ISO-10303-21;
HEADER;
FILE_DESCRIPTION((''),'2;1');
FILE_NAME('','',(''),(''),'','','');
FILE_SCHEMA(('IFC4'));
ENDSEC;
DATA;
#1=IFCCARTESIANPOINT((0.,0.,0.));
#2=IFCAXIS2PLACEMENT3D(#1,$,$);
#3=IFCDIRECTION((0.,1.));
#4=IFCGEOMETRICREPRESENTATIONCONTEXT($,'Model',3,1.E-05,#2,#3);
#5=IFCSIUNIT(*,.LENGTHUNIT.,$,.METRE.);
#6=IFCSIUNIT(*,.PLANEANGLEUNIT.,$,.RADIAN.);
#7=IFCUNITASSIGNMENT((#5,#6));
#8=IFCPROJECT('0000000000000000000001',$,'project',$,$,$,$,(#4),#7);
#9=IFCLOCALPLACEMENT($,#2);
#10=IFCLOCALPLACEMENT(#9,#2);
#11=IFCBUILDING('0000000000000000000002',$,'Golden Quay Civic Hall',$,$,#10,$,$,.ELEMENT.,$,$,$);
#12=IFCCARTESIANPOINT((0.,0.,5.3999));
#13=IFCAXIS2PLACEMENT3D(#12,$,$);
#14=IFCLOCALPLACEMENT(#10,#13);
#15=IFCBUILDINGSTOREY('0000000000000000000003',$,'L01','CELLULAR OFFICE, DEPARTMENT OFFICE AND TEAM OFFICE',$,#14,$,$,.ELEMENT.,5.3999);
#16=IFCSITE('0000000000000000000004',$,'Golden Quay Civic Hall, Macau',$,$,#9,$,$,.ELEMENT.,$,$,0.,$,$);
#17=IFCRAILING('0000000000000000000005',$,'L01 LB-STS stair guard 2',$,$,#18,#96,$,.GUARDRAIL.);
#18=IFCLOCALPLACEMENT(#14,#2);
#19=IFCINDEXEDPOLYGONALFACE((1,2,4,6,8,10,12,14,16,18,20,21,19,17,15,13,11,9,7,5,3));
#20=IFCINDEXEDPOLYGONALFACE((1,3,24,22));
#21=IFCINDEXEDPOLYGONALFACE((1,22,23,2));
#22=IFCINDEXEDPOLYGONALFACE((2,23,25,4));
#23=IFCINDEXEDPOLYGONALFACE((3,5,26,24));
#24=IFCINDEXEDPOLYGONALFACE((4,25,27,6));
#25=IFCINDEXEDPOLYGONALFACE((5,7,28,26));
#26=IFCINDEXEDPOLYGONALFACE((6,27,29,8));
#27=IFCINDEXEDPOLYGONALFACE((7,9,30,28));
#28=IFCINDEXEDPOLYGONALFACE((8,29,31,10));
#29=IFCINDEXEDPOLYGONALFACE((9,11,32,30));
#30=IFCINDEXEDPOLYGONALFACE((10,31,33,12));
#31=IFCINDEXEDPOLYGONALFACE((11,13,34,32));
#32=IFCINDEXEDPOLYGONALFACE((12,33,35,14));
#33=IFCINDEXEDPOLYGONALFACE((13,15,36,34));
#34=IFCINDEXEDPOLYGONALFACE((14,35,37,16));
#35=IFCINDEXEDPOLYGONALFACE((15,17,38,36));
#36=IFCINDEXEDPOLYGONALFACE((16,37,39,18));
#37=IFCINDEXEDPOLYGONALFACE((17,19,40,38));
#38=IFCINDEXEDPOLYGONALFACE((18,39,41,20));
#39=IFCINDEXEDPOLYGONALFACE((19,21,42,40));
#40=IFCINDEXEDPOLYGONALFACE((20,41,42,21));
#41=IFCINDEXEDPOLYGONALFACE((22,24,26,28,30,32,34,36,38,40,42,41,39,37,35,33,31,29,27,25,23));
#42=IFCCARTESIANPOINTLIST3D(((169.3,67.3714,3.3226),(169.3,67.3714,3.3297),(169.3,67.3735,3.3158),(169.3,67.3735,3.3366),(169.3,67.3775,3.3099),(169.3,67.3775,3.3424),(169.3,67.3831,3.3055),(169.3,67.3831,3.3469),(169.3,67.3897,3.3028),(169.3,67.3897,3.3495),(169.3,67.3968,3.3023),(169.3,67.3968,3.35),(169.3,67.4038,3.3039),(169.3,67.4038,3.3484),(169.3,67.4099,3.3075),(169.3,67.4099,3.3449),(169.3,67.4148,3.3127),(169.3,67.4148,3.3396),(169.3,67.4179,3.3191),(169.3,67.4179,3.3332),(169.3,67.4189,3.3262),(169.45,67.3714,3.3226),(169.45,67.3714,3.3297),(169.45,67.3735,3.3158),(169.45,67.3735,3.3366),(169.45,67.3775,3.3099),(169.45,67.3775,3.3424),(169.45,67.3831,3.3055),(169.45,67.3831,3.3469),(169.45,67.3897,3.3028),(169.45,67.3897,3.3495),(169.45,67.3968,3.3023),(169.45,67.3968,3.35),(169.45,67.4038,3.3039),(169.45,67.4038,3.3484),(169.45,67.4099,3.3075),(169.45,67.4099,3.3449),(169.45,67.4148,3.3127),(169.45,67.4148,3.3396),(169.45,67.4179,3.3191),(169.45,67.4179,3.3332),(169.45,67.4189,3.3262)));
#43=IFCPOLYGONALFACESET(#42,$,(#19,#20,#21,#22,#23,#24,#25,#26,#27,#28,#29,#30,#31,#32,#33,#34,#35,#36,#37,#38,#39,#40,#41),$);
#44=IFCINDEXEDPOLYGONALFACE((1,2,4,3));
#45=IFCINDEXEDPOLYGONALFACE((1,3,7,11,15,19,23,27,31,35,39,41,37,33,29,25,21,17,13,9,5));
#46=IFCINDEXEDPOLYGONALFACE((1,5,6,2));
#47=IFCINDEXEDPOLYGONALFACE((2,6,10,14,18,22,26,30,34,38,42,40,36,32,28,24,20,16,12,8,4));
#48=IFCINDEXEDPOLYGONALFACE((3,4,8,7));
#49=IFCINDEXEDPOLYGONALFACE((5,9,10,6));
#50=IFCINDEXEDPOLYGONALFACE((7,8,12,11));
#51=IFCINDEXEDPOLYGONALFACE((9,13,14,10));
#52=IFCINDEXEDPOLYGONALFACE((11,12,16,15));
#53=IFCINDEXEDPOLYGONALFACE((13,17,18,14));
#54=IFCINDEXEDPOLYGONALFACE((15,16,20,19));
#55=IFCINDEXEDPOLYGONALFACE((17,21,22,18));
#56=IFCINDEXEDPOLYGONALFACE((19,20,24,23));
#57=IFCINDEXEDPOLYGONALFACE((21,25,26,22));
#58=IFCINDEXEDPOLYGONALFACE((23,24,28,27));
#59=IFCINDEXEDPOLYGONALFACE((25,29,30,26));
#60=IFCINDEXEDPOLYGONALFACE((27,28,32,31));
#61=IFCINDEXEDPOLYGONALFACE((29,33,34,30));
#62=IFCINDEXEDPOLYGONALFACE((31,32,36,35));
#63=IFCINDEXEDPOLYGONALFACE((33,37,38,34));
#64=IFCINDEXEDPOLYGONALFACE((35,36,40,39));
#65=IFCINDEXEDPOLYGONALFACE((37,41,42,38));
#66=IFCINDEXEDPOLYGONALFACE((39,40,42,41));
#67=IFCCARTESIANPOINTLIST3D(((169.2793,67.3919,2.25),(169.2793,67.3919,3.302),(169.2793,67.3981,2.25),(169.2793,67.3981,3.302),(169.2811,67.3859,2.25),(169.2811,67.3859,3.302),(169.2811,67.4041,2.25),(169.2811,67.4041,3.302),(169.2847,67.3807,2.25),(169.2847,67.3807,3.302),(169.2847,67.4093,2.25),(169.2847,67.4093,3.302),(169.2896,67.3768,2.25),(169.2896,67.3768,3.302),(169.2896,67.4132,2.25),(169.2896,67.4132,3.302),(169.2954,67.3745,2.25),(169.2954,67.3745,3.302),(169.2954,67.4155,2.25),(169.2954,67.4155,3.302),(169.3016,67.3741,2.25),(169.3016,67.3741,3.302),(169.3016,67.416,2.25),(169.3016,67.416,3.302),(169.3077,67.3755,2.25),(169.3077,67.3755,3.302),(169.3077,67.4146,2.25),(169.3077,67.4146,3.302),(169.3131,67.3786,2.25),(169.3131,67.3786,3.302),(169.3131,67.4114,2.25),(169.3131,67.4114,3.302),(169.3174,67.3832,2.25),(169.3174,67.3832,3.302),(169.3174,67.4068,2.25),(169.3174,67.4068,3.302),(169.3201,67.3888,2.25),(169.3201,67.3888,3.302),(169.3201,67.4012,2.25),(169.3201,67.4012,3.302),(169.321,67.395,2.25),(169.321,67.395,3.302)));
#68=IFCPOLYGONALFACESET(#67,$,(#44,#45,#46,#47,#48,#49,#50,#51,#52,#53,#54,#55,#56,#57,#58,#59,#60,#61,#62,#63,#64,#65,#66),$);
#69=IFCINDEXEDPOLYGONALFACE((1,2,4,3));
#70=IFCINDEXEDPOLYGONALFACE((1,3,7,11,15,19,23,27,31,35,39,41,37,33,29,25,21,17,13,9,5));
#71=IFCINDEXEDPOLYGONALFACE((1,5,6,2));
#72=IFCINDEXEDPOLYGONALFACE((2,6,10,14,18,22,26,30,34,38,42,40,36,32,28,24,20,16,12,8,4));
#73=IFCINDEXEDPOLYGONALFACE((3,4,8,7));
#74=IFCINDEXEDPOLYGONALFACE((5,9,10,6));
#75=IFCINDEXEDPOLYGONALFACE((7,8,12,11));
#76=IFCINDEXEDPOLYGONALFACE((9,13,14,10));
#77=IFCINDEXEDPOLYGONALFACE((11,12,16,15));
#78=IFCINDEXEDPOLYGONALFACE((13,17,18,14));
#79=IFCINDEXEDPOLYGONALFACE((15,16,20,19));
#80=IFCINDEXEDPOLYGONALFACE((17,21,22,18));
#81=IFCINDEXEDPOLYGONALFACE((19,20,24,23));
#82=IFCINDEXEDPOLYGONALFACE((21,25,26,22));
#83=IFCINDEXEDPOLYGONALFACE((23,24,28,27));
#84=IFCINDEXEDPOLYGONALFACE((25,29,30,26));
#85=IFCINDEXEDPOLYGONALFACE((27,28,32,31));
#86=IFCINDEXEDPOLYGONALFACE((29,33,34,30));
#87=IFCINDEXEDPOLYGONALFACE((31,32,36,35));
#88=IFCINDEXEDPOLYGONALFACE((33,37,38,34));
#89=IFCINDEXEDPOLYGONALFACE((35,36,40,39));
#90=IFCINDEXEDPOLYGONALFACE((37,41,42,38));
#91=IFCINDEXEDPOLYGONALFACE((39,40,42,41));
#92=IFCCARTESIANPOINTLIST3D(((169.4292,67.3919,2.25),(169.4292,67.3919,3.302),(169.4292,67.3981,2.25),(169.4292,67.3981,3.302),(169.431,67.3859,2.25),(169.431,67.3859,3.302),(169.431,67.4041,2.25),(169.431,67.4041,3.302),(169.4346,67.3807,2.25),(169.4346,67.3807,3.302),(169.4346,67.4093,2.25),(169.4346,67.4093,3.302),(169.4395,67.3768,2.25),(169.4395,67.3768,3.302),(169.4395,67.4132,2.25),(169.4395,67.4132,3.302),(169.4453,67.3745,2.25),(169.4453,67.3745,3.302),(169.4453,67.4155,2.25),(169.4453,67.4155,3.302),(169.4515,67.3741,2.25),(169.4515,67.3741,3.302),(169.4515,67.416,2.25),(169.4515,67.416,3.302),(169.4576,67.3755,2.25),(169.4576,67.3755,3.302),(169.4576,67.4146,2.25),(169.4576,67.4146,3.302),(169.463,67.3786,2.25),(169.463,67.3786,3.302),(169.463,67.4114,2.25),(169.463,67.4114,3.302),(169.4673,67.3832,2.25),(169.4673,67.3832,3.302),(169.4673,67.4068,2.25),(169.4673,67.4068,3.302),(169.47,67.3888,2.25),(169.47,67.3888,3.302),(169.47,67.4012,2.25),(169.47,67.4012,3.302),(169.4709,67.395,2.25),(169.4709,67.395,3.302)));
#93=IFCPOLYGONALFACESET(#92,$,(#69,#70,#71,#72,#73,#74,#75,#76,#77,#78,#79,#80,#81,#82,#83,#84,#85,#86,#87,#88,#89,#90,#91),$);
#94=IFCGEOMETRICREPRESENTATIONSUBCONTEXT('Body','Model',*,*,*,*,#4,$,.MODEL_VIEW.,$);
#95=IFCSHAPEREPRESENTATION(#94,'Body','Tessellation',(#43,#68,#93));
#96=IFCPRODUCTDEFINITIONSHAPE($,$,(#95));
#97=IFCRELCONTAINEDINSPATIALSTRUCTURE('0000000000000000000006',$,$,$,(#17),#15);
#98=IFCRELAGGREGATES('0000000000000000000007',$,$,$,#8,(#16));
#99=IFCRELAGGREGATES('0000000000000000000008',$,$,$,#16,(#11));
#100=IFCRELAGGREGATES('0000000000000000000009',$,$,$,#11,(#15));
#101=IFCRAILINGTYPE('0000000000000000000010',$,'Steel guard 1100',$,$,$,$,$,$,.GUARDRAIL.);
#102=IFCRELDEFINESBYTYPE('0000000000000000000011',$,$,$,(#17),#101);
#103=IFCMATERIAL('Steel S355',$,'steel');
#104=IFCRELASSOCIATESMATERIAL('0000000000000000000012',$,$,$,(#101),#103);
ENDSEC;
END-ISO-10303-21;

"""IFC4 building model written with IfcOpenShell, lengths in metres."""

from ifc_helpers import new_model, si_unit, direction, frame, origin, origin_2d, place, context, subcontext, project, spatial, circle, extrude, material, type_object, element, save


model = new_model("IFC4")

# Units and contexts
model_context = context("Model", 3, precision=1e-05, world=origin(), true_north=direction((0.0, 1.0)))
body_context = subcontext(model_context, "Body", "Model", "MODEL_VIEW")
ifc_project = project(units=[si_unit("LENGTHUNIT", "METRE"), si_unit("PLANEANGLEUNIT", "RADIAN")], contexts=[model_context])

# Site, building, storey
site_placement = place(None, origin())
site = spatial("IfcSite", under=ifc_project, at=site_placement, Name="Golden Quay Civic Hall, Macau", CompositionType="ELEMENT", RefElevation=0.0)
building_placement = place(site_placement, origin())
building = spatial("IfcBuilding", under=site, at=building_placement, Name="Golden Quay Civic Hall", CompositionType="ELEMENT")
storey_placement = place(building_placement, frame((0.0, 0.0, 5.3999)))
storey = spatial("IfcBuildingStorey", under=building, at=storey_placement, Name="L01", Description="CELLULAR OFFICE, DEPARTMENT OFFICE AND TEAM OFFICE", CompositionType="ELEMENT", Elevation=5.3999)

# Railing
ifc_material_1 = material(Name="Steel S355", Category="steel")
railing_type_1 = type_object("IfcRailingType", Name="Steel guard 1100", PredefinedType="GUARDRAIL", material=ifc_material_1)
railing_1_placement = place(storey_placement, frame((169.3, 67.395, 2.25)))
element("IfcRailing", 1, at=railing_1_placement, inside=storey, type_object=railing_type_1, Name="L01 LB-STS stair guard 2", PredefinedType="GUARDRAIL", context=body_context, shape_type="SweptSolid", body=[
    extrude(circle(Radius=0.0239, at=origin_2d()), frame((0.0, 0.0, 1.0762), z_axis=(1.0, 0.0, 0.0), x_axis=(0.0, 1.0, 0.0)), (0.0, 0.0, 1.0), 0.1499),
    extrude(circle(Radius=0.021, at=origin_2d()), origin(), (0.0, 0.0, 1.0), 1.052),
    extrude(circle(Radius=0.021, at=origin_2d()), frame((0.1499, 0.0, 0.0)), (0.0, 0.0, 1.0), 1.052),
])

save(model, "model.ifc")
